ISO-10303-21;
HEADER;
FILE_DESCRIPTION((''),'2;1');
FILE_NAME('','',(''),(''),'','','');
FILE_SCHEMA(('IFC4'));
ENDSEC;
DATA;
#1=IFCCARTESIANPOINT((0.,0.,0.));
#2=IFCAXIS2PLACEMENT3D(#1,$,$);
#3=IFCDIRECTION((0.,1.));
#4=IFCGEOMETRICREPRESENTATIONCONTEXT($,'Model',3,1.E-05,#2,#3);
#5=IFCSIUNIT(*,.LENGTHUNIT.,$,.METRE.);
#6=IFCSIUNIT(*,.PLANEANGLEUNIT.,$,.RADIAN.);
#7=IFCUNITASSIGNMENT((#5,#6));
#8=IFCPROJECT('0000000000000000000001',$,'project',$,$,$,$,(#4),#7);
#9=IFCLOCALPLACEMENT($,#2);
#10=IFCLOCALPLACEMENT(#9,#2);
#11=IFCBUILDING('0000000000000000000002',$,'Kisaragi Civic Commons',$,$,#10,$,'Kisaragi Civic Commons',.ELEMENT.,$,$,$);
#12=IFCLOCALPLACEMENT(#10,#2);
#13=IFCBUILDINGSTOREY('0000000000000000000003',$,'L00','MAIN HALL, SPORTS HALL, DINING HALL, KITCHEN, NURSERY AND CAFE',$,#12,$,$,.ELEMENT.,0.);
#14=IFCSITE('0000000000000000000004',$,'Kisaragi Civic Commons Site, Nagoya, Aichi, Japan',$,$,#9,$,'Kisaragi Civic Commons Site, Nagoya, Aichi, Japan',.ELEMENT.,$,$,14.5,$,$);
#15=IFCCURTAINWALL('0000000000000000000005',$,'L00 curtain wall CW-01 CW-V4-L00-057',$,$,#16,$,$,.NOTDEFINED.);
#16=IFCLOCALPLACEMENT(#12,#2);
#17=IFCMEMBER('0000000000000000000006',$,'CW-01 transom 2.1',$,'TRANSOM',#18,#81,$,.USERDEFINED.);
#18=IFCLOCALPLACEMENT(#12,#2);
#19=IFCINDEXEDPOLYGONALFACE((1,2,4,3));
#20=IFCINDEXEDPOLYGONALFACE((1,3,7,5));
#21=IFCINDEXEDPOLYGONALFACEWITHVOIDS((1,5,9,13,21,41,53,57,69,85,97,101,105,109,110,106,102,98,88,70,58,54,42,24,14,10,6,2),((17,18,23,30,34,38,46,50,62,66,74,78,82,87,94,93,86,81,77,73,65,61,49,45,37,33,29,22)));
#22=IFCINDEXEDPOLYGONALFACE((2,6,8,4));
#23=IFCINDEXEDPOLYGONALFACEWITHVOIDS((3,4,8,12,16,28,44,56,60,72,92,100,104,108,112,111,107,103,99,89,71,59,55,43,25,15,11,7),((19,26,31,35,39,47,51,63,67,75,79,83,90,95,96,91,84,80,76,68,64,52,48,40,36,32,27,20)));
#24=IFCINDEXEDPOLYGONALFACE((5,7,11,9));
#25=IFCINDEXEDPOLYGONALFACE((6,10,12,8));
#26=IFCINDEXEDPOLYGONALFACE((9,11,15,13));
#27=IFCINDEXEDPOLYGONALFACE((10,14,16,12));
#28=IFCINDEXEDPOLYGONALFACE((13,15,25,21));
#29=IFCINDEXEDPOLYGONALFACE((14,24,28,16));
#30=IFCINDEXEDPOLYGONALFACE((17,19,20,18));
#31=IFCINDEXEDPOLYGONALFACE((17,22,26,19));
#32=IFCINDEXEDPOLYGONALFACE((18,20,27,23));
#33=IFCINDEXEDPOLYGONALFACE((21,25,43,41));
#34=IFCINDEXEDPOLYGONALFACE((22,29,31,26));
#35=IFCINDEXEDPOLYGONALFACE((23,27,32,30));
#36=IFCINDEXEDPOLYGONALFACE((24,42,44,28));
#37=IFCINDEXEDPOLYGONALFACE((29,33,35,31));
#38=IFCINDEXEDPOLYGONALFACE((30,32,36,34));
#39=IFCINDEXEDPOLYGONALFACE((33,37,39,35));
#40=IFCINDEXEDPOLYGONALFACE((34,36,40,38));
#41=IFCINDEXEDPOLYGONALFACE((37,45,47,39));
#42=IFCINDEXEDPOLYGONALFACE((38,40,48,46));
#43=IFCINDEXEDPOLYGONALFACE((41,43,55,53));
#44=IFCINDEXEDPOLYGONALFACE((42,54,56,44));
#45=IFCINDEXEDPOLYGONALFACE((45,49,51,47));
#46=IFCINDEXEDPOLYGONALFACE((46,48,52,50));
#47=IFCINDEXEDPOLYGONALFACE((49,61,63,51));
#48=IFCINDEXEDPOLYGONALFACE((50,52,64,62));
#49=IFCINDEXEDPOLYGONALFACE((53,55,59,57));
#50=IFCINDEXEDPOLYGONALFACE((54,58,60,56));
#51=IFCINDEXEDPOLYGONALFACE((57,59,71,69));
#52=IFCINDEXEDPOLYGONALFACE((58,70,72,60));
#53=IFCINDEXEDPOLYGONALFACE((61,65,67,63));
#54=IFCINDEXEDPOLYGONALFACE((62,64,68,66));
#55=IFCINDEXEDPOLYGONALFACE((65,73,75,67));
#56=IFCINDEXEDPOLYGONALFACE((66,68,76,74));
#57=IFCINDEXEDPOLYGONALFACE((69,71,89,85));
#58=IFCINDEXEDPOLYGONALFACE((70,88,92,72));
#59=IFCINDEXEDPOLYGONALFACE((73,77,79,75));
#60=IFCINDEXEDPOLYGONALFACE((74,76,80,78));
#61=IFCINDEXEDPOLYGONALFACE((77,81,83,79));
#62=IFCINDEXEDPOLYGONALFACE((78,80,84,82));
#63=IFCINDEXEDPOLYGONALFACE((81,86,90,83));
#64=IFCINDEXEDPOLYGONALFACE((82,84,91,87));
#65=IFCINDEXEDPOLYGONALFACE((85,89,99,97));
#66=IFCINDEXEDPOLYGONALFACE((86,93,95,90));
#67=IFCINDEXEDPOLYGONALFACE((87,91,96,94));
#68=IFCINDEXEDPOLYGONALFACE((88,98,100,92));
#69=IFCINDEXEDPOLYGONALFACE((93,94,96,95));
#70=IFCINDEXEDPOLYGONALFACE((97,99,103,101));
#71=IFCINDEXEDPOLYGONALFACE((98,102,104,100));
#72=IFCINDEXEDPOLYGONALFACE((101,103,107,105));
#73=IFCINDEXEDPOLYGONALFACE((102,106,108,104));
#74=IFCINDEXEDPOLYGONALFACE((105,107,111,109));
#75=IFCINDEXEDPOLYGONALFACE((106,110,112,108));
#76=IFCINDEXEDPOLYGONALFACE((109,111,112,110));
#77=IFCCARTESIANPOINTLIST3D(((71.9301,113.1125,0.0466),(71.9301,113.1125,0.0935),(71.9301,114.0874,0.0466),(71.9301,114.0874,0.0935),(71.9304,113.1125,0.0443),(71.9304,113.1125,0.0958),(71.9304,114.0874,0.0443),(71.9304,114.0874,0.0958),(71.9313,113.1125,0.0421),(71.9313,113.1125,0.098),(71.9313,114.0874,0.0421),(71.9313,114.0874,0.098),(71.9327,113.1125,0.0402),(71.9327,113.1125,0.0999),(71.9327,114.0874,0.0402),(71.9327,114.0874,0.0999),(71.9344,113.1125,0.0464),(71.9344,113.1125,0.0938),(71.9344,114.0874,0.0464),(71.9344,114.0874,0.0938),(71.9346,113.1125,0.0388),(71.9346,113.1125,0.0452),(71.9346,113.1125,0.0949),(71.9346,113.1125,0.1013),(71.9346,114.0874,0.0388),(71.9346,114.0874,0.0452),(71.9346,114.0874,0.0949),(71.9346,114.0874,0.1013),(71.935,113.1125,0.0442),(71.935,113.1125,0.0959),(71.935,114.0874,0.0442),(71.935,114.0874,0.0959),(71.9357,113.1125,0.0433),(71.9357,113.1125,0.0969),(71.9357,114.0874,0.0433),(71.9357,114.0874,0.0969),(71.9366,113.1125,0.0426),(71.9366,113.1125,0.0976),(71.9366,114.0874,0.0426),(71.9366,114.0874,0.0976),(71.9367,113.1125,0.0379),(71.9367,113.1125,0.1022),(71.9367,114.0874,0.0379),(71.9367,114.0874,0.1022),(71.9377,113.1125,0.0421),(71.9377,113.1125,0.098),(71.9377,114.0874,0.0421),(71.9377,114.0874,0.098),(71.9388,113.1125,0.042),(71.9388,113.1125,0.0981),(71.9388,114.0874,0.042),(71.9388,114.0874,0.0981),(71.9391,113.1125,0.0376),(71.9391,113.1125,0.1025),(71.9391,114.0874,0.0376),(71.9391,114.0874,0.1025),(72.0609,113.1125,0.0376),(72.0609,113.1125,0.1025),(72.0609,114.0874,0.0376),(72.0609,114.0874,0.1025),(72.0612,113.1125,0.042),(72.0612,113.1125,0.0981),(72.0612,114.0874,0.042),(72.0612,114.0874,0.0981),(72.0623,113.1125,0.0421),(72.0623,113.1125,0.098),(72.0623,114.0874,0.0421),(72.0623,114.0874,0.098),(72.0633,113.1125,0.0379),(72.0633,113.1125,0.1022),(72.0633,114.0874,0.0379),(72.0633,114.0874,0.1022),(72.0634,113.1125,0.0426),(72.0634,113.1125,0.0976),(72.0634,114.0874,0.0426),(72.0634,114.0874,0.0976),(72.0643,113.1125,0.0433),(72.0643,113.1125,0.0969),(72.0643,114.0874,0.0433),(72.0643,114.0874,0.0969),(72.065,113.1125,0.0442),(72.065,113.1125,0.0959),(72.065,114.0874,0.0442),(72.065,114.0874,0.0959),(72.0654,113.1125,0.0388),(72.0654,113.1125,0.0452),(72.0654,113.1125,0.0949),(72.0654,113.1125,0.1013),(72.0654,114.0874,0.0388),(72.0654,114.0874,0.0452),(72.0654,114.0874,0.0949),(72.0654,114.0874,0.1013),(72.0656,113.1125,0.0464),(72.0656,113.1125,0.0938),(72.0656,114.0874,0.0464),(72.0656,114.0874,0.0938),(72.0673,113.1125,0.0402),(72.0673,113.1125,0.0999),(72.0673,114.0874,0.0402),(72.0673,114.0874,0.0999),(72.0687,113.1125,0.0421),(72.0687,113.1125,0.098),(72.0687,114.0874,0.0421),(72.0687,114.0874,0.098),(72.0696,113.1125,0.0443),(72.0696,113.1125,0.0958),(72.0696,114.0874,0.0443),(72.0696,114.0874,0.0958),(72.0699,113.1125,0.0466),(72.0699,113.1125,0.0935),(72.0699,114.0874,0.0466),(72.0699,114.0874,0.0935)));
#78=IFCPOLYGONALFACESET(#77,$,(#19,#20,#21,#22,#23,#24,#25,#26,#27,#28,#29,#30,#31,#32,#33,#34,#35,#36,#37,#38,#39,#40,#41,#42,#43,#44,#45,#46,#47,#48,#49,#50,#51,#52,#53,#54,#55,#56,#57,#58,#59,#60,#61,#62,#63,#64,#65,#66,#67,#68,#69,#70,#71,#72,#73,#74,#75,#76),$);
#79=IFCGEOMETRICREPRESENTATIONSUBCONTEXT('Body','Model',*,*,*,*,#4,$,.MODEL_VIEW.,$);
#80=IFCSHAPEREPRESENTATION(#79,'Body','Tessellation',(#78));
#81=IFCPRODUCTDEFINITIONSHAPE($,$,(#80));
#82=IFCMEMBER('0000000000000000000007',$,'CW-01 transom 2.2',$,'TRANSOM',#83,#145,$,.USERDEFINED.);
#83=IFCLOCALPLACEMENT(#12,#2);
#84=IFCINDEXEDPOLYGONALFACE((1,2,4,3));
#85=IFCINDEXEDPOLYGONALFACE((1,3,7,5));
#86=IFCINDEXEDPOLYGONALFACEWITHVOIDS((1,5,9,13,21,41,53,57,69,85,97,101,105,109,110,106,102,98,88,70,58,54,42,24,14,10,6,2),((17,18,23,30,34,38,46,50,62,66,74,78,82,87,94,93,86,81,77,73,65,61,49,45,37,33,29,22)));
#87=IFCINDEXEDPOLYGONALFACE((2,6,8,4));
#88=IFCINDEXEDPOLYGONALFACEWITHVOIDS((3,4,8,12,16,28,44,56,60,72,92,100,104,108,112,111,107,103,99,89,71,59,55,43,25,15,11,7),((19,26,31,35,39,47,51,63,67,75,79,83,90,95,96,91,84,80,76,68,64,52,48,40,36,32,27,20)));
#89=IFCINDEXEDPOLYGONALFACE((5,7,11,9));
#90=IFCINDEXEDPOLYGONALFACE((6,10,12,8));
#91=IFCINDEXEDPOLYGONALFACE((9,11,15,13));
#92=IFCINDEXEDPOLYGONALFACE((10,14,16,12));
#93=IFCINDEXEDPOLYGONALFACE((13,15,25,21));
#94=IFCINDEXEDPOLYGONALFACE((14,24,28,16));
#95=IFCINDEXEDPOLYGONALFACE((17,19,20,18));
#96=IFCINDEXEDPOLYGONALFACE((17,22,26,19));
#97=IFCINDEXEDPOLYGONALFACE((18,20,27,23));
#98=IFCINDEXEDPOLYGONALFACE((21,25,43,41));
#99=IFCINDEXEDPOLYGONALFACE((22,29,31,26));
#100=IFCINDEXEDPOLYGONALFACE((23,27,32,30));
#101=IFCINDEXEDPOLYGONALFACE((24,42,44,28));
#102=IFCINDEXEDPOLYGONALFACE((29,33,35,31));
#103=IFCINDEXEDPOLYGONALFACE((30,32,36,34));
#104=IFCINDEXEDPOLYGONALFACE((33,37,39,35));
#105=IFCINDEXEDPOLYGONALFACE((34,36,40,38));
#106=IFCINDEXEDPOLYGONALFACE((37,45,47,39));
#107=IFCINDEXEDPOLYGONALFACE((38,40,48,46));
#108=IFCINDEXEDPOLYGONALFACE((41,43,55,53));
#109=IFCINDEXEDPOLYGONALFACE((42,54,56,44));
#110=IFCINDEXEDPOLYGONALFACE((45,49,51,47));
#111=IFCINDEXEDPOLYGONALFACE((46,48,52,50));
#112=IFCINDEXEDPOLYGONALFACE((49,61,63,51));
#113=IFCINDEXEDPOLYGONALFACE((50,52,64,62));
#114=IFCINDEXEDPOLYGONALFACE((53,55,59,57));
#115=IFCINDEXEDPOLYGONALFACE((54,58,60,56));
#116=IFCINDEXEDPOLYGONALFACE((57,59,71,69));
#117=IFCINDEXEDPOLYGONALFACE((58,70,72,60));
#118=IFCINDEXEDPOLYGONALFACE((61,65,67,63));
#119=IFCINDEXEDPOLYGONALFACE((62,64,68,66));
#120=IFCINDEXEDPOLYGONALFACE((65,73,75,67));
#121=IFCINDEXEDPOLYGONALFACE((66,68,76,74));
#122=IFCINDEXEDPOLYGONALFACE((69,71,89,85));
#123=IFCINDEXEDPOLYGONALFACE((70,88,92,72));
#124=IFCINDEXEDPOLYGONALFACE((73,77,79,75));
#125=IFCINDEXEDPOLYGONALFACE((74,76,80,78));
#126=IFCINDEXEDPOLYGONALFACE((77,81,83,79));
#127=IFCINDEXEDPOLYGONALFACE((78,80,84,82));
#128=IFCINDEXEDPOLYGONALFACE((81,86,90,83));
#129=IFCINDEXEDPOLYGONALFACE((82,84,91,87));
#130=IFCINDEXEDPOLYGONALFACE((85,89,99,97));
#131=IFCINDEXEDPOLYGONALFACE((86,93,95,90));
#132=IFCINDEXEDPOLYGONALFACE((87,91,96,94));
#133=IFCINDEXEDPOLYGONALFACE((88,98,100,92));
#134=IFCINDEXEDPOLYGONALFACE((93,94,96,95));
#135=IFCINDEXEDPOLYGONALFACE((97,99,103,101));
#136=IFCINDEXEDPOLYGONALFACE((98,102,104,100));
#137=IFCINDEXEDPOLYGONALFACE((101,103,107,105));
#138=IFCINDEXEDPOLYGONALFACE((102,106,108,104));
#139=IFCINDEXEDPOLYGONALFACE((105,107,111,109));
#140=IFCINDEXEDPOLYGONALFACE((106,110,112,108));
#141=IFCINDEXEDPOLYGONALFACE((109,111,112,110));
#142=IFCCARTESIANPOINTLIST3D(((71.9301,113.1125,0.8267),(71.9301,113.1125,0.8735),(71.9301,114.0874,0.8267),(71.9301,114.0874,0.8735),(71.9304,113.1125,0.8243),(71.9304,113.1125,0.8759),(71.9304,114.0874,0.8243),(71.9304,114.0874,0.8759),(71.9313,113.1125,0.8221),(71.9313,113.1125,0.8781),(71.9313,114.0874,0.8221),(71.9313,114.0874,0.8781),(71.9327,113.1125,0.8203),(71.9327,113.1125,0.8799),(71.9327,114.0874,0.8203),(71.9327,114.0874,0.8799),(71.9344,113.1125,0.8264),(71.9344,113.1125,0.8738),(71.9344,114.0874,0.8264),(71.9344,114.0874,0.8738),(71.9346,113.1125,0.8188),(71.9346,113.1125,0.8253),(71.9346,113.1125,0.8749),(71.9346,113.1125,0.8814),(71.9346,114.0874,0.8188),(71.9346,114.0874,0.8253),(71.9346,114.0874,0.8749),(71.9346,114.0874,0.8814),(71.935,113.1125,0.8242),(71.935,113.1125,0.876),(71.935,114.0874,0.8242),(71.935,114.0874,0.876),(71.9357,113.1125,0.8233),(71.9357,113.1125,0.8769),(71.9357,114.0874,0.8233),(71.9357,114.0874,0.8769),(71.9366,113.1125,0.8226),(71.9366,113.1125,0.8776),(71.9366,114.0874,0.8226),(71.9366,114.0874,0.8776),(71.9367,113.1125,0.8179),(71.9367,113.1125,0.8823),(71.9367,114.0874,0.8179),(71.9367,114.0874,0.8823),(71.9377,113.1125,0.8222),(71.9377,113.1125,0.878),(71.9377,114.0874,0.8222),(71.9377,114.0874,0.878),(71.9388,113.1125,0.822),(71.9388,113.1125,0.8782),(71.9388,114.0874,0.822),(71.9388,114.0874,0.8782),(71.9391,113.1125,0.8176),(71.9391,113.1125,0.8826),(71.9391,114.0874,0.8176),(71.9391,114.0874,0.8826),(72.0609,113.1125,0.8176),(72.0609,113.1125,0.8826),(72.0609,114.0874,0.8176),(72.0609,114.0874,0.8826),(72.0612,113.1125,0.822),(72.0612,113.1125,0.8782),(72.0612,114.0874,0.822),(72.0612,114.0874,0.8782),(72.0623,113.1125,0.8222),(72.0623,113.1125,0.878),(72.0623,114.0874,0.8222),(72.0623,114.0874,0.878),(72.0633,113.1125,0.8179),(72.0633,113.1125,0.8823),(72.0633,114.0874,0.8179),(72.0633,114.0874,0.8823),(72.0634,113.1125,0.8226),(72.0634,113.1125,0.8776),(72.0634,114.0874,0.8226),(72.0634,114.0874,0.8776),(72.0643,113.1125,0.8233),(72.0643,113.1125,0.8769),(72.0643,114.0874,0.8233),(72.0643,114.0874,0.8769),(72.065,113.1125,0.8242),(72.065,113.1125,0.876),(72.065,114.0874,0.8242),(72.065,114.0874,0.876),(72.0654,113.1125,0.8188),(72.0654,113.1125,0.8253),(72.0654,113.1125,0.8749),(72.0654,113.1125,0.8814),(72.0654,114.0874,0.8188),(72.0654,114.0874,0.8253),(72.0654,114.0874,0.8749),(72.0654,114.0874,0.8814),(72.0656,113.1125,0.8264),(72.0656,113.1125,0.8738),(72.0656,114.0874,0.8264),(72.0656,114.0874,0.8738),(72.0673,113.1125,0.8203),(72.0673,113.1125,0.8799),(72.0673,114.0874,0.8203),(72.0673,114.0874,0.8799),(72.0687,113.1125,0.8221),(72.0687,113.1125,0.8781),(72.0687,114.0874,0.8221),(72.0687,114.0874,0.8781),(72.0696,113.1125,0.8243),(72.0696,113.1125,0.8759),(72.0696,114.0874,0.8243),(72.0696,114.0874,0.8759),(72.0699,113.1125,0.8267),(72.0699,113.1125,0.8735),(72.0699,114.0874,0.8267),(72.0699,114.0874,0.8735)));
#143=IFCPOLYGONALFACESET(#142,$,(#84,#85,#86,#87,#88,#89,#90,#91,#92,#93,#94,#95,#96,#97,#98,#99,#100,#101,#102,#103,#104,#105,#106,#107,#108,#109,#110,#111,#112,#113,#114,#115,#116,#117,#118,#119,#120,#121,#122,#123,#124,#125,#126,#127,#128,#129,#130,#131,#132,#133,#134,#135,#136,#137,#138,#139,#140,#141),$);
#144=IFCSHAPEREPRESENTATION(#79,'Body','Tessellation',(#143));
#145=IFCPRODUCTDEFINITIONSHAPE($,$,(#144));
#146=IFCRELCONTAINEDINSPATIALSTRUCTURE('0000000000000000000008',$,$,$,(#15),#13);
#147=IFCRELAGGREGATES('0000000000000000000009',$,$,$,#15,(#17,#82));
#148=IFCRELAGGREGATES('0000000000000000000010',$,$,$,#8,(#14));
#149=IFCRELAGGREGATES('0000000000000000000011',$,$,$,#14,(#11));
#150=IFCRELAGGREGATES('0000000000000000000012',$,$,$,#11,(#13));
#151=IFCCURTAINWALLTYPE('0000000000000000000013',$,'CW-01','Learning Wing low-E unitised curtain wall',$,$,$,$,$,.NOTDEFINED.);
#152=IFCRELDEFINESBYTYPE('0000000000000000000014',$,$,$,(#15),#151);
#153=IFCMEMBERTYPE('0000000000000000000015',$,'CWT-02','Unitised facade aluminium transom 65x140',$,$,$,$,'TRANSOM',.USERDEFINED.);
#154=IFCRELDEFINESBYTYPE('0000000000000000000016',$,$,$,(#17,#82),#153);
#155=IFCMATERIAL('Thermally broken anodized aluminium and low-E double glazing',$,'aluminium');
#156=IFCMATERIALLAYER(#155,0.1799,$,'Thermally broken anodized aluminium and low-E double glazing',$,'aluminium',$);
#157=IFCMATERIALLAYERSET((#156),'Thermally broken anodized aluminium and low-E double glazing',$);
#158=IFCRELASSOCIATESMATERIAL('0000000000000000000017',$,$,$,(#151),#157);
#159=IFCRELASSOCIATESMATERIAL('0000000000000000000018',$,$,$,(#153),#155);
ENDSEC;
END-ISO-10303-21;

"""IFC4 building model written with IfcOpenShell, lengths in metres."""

from ifc_helpers import new_model, si_unit, direction, frame, origin, origin_2d, place, context, subcontext, project, spatial, hollow_rectangle, extrude, material, layer, layer_set, material_profile, profile_set, type_object, element, aggregate, save


model = new_model("IFC4")

# Units and contexts
model_context = context("Model", 3, precision=1e-05, world=origin(), true_north=direction((0.0, 1.0)))
body_context = subcontext(model_context, "Body", "Model", "MODEL_VIEW")
ifc_project = project(units=[si_unit("LENGTHUNIT", "METRE"), si_unit("PLANEANGLEUNIT", "RADIAN")], contexts=[model_context])

# Site, building, storey
site_placement = place(None, origin())
site = spatial("IfcSite", under=ifc_project, at=site_placement, Name="Kisaragi Civic Commons Site, Nagoya, Aichi, Japan", LongName="Kisaragi Civic Commons Site, Nagoya, Aichi, Japan", CompositionType="ELEMENT", RefElevation=14.5)
building_placement = place(site_placement, origin())
building = spatial("IfcBuilding", under=site, at=building_placement, Name="Kisaragi Civic Commons", LongName="Kisaragi Civic Commons", CompositionType="ELEMENT")
storey_placement = place(building_placement, origin())
storey = spatial("IfcBuildingStorey", under=building, at=storey_placement, Name="L00", Description="MAIN HALL, SPORTS HALL, DINING HALL, KITCHEN, NURSERY AND CAFE", CompositionType="ELEMENT", Elevation=0.0)

# Curtain wall, members
ifc_material_1 = material(Name="Thermally broken anodized aluminium and low-E double glazing", Category="aluminium")
ifc_layer_1 = layer(ifc_material_1, 0.1799, Name="Thermally broken anodized aluminium and low-E double glazing", Category="aluminium")
ifc_layer_set_1 = layer_set([ifc_layer_1], Name="Thermally broken anodized aluminium and low-E double glazing")
curtain_wall_type = type_object("IfcCurtainWallType", Name="CW-01", Description="Learning Wing low-E unitised curtain wall", PredefinedType="NOTDEFINED", material=ifc_layer_set_1)
curtain_wall_placement = place(storey_placement, origin())
curtain_wall = element("IfcCurtainWall", 1, at=curtain_wall_placement, inside=storey, type_object=curtain_wall_type, Name="L00 curtain wall CW-01 CW-V4-L00-057", PredefinedType="NOTDEFINED")
ifc_material_profile_1 = material_profile(ifc_material_1, hollow_rectangle(XDim=0.1399, YDim=0.0649, WallThickness=0.0044, InnerFilletRadius=0.0044, OuterFilletRadius=0.009, at=origin_2d()), Name="CWT-65x140x4.5", Category="aluminium")
ifc_profile_set_1 = profile_set([ifc_material_profile_1], Name="Thermally broken anodized aluminium and low-E double glazing")
member_type_1 = type_object("IfcMemberType", Name="CWT-02", Description="Unitised facade aluminium transom 65x140", ElementType="TRANSOM", PredefinedType="USERDEFINED", material=ifc_profile_set_1)
member_1_placement = place(storey_placement, frame((72.0, 113.1125, 0.0701), z_axis=(0.0, 1.0, 0.0), x_axis=(-1.0, 0.0, 0.0)))
member_1 = element("IfcMember", 2, at=member_1_placement, type_object=member_type_1, Name="CW-01 transom 2.1", ObjectType="TRANSOM", PredefinedType="USERDEFINED", context=body_context, shape_type="SweptSolid", body=[
    extrude(hollow_rectangle(XDim=0.1399, YDim=0.0649, WallThickness=0.0044, InnerFilletRadius=0.0044, OuterFilletRadius=0.009, at=origin_2d()), origin(), (0.0, 0.0, 1.0), 0.9749),
])
member_2_placement = place(storey_placement, frame((72.0, 113.1125, 0.8501), z_axis=(0.0, 1.0, 0.0), x_axis=(-1.0, 0.0, 0.0)))
member_2 = element("IfcMember", 3, at=member_2_placement, type_object=member_type_1, Name="CW-01 transom 2.2", ObjectType="TRANSOM", PredefinedType="USERDEFINED", context=body_context, shape_type="SweptSolid", body=[
    extrude(hollow_rectangle(XDim=0.1399, YDim=0.0649, WallThickness=0.0044, InnerFilletRadius=0.0044, OuterFilletRadius=0.009, at=origin_2d()), origin(), (0.0, 0.0, 1.0), 0.9749),
])

aggregate(curtain_wall, [member_1, member_2])

save(model, "model.ifc")
